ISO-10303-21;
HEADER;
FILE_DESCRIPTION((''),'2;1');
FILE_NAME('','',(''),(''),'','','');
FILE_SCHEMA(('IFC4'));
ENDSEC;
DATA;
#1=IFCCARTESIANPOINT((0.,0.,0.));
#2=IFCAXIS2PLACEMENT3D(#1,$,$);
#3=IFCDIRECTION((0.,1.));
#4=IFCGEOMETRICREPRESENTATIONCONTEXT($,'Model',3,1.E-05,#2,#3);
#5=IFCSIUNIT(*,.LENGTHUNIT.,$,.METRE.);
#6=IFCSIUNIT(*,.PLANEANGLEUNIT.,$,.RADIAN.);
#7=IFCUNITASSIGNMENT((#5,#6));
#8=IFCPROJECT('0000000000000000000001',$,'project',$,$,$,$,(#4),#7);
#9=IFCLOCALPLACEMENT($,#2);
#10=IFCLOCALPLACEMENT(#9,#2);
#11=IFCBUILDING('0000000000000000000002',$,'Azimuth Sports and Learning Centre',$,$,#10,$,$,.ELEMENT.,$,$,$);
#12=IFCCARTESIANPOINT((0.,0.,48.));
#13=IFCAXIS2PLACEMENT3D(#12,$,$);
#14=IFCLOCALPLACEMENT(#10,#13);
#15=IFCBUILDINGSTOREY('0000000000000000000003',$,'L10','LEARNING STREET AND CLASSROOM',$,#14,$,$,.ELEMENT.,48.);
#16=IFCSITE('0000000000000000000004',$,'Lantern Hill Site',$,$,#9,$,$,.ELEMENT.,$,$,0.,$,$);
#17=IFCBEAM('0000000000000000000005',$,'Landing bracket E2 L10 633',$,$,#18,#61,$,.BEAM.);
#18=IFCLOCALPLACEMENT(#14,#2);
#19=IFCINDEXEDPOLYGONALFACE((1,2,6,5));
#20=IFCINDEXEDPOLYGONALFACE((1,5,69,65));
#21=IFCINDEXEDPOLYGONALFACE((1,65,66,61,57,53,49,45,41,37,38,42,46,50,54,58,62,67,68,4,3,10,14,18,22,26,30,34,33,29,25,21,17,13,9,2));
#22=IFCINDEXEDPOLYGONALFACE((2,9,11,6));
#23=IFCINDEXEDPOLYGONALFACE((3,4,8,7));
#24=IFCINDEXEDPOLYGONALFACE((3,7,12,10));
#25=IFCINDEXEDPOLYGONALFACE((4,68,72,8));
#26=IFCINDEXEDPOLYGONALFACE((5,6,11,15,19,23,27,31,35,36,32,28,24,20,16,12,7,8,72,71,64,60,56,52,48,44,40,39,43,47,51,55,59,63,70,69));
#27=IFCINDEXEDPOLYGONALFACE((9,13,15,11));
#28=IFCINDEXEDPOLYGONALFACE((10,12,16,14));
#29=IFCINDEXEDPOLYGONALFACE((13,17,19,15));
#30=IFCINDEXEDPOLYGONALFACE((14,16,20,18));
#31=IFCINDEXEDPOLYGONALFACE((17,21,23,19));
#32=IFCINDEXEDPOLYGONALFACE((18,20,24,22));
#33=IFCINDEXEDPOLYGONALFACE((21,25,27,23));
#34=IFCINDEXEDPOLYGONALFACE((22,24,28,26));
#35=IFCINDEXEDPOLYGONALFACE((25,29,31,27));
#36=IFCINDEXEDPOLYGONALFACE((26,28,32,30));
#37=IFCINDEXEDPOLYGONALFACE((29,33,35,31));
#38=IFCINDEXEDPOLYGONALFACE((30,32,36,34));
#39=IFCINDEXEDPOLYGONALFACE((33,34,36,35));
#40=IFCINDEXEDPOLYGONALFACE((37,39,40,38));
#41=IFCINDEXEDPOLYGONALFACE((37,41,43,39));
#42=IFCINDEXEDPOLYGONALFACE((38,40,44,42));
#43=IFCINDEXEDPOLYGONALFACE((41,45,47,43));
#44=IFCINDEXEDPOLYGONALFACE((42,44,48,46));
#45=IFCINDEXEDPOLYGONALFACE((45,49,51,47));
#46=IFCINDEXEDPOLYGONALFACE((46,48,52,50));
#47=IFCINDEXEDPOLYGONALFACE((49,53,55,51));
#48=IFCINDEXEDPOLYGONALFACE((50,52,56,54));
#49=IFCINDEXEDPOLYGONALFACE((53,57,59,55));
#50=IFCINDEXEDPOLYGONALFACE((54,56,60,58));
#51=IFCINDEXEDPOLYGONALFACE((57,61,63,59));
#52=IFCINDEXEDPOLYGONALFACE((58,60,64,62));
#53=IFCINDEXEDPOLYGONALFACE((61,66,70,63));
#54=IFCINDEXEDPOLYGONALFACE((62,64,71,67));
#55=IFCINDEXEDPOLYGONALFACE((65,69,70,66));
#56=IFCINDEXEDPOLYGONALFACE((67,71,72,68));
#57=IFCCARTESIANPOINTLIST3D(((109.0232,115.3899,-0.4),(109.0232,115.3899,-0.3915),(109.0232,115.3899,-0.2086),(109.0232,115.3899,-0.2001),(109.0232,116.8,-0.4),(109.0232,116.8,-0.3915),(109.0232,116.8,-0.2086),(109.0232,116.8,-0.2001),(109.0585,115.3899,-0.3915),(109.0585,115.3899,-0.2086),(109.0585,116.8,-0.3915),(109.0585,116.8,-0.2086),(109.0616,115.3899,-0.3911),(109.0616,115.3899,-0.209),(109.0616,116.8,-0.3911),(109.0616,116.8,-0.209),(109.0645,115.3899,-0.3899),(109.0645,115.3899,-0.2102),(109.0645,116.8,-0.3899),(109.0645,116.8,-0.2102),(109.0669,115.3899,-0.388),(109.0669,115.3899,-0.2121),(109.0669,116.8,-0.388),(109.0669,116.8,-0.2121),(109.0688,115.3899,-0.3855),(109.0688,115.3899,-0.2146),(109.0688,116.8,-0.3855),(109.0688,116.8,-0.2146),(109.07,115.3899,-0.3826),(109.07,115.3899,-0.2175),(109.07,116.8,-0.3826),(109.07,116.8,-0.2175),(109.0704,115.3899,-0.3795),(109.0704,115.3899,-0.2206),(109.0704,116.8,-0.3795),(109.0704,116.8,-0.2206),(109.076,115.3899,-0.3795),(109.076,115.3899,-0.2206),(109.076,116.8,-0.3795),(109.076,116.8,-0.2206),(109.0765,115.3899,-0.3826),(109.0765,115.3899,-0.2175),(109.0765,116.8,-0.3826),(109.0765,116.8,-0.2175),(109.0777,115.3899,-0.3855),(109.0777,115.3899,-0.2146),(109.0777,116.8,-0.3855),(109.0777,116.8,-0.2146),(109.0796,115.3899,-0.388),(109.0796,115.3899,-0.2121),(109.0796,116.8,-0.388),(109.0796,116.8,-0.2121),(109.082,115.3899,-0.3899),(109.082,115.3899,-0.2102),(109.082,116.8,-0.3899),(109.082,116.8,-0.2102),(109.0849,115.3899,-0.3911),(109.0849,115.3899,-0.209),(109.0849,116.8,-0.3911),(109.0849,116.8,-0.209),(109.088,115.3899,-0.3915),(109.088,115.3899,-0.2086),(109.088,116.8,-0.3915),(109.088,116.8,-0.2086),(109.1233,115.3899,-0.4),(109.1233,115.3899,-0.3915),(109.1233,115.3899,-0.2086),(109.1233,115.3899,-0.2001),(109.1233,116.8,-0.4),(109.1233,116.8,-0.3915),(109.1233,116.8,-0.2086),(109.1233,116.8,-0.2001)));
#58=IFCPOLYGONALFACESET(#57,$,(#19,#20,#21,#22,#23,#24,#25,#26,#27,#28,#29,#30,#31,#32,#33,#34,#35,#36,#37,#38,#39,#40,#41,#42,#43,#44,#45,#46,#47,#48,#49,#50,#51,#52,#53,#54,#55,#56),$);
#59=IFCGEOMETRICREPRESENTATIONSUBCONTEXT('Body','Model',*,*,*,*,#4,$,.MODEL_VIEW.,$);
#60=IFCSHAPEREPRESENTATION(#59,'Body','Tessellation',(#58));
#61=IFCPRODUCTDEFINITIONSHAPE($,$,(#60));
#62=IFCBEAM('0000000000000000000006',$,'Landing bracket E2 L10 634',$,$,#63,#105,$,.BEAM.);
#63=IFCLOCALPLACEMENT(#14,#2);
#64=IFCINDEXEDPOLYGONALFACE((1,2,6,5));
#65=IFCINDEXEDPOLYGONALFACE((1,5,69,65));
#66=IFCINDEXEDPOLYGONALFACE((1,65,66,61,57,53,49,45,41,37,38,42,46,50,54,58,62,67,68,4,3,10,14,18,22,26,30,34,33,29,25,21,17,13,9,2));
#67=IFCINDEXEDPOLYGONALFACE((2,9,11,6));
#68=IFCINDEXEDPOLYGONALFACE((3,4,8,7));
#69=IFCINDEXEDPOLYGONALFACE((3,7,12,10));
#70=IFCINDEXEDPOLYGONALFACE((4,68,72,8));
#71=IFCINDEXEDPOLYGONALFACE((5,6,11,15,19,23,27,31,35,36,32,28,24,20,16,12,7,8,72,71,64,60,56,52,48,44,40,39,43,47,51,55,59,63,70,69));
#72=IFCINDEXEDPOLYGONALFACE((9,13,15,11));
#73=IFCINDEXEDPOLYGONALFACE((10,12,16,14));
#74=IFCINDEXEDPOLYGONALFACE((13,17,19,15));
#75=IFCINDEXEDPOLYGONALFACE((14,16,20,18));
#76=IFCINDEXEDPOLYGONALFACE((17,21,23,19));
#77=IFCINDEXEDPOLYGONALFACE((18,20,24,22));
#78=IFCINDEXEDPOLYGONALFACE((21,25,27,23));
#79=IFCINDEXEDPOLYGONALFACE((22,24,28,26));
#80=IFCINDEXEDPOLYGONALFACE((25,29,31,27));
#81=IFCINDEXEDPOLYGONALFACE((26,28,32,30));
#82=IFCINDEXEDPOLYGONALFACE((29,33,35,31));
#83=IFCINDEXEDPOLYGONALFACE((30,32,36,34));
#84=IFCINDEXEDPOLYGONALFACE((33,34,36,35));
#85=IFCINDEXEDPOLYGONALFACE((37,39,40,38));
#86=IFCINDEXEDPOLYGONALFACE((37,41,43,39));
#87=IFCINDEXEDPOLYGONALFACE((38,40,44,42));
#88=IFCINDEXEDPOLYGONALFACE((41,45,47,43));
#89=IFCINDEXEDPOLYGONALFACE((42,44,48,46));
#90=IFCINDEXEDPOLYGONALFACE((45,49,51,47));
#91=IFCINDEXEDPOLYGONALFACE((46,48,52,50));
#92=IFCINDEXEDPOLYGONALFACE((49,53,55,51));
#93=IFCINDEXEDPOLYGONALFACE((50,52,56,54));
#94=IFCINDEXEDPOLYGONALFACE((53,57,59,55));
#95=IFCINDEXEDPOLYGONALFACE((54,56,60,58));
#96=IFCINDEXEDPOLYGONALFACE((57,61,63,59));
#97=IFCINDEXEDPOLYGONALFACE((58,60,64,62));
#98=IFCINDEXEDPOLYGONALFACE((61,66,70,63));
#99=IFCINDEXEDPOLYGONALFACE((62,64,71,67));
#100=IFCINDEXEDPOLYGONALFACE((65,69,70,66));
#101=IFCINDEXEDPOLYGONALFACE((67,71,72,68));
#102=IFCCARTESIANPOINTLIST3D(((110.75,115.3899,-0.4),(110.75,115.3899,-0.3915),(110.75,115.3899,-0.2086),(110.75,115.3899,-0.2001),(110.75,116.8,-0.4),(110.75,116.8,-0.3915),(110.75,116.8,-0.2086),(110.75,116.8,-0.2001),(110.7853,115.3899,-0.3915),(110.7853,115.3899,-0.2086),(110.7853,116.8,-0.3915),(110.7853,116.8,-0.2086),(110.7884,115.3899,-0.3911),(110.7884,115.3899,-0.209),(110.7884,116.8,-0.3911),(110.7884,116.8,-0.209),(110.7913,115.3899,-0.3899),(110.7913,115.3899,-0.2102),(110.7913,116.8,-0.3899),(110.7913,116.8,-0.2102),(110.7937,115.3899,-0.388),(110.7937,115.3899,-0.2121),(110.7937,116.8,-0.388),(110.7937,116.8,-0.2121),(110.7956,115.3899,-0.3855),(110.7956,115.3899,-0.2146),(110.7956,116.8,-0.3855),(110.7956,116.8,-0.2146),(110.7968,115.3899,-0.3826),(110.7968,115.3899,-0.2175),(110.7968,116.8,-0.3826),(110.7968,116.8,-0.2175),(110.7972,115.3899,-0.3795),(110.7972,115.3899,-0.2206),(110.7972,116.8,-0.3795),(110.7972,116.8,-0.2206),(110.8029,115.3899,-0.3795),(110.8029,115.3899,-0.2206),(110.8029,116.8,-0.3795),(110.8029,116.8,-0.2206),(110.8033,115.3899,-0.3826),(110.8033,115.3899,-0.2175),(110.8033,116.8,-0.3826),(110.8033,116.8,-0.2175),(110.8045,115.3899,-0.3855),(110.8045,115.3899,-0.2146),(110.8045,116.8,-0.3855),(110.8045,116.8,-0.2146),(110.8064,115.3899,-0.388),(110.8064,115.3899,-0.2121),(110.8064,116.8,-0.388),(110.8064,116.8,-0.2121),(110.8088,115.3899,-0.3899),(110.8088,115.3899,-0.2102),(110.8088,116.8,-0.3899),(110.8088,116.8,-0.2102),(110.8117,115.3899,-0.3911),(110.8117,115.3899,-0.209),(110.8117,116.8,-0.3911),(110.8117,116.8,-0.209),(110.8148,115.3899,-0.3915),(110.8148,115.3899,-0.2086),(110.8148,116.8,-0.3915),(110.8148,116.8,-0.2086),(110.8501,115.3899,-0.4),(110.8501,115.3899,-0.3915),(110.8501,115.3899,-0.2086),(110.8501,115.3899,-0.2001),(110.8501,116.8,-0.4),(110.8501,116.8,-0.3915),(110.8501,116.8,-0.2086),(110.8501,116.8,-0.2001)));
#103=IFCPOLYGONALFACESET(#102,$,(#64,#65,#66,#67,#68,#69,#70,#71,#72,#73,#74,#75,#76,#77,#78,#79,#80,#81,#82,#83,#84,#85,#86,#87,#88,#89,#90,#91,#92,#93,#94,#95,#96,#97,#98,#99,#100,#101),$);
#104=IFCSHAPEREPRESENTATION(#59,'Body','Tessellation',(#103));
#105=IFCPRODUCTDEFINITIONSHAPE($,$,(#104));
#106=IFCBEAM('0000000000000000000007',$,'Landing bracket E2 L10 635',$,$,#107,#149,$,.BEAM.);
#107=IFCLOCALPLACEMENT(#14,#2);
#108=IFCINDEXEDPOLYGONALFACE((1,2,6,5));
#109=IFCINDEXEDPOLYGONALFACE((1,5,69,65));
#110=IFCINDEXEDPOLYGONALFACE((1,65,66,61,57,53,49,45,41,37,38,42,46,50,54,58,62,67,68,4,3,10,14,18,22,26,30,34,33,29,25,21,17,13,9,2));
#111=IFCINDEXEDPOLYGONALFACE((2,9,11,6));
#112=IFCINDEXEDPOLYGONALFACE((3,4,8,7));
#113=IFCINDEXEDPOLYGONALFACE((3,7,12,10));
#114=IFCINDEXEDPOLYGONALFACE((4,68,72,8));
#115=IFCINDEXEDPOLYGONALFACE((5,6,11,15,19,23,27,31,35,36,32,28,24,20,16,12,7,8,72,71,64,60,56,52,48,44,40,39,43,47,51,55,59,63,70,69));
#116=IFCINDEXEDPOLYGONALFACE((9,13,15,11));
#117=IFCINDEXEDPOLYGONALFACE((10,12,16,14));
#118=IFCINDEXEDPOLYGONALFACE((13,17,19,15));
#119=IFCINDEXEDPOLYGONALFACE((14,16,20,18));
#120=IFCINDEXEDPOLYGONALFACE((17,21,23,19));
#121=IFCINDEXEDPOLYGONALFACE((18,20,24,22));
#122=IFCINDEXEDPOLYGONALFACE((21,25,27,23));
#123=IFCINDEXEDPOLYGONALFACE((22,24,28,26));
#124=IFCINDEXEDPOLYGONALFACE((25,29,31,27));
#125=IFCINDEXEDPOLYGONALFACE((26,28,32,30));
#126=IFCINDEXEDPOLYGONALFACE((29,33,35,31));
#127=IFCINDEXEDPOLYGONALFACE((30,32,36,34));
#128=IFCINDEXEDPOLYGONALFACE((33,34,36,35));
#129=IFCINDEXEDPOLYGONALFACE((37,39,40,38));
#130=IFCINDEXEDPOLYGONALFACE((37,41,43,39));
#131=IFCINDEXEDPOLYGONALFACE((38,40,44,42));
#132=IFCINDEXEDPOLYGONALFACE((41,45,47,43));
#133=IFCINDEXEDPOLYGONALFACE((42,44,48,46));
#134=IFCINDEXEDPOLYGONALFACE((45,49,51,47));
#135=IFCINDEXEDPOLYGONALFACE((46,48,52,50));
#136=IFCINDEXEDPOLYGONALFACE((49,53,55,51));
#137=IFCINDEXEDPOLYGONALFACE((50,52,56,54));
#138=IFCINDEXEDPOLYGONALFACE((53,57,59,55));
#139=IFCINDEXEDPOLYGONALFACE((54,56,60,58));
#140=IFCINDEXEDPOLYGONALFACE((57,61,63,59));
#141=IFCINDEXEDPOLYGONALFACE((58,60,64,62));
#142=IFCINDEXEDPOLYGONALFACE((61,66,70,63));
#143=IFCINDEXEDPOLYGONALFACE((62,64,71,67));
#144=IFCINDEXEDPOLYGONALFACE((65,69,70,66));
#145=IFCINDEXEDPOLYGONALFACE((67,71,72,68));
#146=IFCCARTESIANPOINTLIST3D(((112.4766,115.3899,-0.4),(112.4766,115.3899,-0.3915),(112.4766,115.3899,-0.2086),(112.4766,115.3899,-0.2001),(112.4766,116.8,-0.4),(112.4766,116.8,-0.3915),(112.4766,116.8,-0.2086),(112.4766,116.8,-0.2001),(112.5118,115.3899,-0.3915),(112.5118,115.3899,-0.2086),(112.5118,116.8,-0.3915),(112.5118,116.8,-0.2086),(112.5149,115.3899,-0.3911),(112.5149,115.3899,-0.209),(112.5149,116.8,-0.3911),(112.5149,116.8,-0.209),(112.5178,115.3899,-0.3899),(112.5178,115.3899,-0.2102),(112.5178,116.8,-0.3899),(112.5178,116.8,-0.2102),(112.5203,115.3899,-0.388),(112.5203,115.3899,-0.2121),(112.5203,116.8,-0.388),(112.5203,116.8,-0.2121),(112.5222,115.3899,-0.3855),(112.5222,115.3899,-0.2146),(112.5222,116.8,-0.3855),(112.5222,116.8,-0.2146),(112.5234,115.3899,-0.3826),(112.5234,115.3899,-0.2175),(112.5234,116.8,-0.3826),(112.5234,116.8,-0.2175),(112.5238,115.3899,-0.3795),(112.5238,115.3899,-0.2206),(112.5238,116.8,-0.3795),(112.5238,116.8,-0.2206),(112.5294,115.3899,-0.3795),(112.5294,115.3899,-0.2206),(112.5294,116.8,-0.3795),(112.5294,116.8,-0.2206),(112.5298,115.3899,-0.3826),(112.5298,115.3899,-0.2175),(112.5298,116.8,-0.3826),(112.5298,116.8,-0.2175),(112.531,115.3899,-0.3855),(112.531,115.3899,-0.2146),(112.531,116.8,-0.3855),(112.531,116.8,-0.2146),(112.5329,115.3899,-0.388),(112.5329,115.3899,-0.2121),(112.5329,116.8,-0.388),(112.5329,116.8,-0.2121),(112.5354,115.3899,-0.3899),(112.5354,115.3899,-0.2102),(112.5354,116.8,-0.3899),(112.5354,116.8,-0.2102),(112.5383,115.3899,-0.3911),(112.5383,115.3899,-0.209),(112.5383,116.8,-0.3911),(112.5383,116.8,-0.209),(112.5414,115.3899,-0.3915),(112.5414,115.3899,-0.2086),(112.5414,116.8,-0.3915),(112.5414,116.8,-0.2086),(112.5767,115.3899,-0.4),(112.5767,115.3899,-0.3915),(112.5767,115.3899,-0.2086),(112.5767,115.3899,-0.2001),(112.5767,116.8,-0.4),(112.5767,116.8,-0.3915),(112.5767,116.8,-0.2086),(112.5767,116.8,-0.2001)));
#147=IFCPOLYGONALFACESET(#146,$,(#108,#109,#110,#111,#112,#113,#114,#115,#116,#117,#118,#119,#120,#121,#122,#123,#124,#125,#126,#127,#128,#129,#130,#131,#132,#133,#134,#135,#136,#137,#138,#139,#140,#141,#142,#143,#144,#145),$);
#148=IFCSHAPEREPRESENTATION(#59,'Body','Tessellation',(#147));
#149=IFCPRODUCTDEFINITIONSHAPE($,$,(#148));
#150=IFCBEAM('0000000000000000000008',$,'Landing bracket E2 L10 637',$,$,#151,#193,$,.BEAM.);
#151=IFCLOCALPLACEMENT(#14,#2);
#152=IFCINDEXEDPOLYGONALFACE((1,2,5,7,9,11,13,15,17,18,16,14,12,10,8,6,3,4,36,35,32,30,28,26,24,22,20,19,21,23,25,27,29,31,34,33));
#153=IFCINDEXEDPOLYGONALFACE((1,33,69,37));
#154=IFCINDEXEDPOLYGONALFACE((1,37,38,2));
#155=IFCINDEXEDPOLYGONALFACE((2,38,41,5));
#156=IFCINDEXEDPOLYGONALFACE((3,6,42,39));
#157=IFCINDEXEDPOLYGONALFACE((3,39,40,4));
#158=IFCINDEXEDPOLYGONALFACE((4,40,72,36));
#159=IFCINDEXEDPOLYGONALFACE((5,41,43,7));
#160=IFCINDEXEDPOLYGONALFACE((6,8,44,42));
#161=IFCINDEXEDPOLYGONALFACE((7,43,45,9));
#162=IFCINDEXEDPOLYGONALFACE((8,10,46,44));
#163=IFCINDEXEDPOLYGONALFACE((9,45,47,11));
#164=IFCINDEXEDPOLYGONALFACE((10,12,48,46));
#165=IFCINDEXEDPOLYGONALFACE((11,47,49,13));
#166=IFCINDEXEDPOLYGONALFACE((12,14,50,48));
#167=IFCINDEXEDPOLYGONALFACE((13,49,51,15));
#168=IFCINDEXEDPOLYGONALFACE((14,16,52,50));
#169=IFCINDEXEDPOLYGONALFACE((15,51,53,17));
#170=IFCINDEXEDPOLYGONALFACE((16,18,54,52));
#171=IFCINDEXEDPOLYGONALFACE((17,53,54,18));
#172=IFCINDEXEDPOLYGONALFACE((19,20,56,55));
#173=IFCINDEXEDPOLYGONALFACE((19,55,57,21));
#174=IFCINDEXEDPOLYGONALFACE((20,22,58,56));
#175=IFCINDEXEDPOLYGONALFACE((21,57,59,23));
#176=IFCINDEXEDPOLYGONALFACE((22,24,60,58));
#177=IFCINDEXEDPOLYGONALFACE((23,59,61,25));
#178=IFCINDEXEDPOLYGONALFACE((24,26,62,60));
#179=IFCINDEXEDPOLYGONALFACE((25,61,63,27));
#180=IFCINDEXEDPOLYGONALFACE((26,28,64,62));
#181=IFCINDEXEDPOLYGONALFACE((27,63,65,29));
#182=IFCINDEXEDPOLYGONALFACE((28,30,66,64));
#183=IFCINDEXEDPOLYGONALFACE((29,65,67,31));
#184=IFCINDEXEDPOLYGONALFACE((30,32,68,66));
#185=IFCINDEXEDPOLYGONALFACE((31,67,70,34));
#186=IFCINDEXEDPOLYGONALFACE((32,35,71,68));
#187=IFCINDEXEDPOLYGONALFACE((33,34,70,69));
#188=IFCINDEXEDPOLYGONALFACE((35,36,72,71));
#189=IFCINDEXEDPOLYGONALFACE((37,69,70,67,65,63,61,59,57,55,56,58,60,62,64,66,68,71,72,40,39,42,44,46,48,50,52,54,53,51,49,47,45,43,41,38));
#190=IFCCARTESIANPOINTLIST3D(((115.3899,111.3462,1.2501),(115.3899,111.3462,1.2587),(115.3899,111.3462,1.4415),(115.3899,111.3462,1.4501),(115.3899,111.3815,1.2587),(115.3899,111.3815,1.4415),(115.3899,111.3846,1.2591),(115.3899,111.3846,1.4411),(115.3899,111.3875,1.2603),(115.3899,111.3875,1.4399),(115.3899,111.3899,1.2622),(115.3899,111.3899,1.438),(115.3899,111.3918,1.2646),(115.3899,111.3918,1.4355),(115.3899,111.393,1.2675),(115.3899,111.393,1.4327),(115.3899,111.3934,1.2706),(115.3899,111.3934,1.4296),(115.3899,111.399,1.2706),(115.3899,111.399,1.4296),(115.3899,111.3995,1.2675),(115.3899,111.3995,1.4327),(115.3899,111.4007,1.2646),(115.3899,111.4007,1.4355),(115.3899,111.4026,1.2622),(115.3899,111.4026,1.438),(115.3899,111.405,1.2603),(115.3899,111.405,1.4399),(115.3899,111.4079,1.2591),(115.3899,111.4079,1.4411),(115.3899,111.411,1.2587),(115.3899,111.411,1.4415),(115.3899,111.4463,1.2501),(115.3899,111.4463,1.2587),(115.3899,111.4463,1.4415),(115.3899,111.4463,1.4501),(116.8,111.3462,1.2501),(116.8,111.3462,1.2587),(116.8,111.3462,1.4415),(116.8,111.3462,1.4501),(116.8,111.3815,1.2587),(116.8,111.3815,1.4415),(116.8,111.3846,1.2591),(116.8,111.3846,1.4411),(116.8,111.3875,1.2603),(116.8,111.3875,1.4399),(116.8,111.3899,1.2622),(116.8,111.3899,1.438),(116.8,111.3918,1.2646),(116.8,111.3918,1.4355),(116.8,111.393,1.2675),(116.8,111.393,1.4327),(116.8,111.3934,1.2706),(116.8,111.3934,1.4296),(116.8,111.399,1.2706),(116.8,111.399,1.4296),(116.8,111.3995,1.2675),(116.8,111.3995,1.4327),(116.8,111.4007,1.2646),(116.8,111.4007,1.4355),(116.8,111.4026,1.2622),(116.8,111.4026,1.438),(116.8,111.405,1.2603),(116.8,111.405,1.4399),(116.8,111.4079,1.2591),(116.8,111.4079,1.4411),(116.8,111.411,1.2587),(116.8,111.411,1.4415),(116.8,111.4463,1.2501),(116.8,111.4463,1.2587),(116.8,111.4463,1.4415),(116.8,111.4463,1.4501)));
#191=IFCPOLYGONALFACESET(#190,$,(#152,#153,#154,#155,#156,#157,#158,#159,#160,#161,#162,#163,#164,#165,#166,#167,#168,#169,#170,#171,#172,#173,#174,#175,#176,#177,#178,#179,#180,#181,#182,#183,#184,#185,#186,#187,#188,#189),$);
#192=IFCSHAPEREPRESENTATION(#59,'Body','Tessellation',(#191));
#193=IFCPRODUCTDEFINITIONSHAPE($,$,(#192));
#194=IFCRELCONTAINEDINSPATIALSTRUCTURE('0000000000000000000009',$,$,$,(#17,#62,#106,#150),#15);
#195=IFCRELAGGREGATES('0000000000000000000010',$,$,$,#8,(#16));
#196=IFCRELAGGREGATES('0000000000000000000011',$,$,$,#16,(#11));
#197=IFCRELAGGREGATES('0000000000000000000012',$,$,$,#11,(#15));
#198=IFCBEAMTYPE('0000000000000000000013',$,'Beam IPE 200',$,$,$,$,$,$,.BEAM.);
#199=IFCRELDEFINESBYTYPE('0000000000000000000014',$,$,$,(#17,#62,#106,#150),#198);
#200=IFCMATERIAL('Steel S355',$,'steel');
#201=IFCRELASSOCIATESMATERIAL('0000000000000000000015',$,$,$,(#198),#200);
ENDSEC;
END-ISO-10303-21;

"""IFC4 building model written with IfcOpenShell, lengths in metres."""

from ifc_helpers import new_model, si_unit, direction, frame, origin, origin_2d, place, context, subcontext, project, spatial, i_section, extrude, material, material_profile, profile_set, type_object, element, save


model = new_model("IFC4")

# Units and contexts
model_context = context("Model", 3, precision=1e-05, world=origin(), true_north=direction((0.0, 1.0)))
body_context = subcontext(model_context, "Body", "Model", "MODEL_VIEW")
ifc_project = project(units=[si_unit("LENGTHUNIT", "METRE"), si_unit("PLANEANGLEUNIT", "RADIAN")], contexts=[model_context])

# Site, building, storey
site_placement = place(None, origin())
site = spatial("IfcSite", under=ifc_project, at=site_placement, Name="Lantern Hill Site", CompositionType="ELEMENT", RefElevation=0.0)
building_placement = place(site_placement, origin())
building = spatial("IfcBuilding", under=site, at=building_placement, Name="Azimuth Sports and Learning Centre", CompositionType="ELEMENT")
storey_placement = place(building_placement, frame((0.0, 0.0, 48.0)))
storey = spatial("IfcBuildingStorey", under=building, at=storey_placement, Name="L10", Description="LEARNING STREET AND CLASSROOM", CompositionType="ELEMENT", Elevation=48.0)

# Beams
ifc_material_1 = material(Name="Steel S355", Category="steel")
ifc_material_profile_1 = material_profile(ifc_material_1, i_section(OverallWidth=0.1001, OverallDepth=0.2, WebThickness=0.0056, FlangeThickness=0.0085, FilletRadius=0.012, at=origin_2d()), Name="IPE 200")
ifc_profile_set_1 = profile_set([ifc_material_profile_1], Name="Steel S355")
beam_type_1 = type_object("IfcBeamType", Name="Beam IPE 200", PredefinedType="BEAM", material=ifc_profile_set_1)
for number, where, z_axis, x_axis, name in (
    (1, (109.0732, 116.8, -0.3), (0.0, -1.0, 0.0), (1.0, 0.0, 0.0), "Landing bracket E2 L10 633"),
    (2, (110.8, 116.8, -0.3), (0.0, -1.0, 0.0), (1.0, 0.0, 0.0), "Landing bracket E2 L10 634"),
    (3, (112.5266, 116.8, -0.3), (0.0, -1.0, 0.0), (1.0, 0.0, 0.0), "Landing bracket E2 L10 635"),
    (4, (116.8, 111.3962, 1.3501), (-1.0, 0.0, 0.0), (0.0, -1.0, 0.0), "Landing bracket E2 L10 637"),
):
    element("IfcBeam", number, at=place(storey_placement, frame(where, z_axis=z_axis, x_axis=x_axis)), inside=storey, type_object=beam_type_1, Name=name, PredefinedType="BEAM", context=body_context, shape_type="SweptSolid", body=[
        extrude(i_section(OverallWidth=0.1001, OverallDepth=0.2, WebThickness=0.0056, FlangeThickness=0.0085, FilletRadius=0.012, at=origin_2d()), origin(), (0.0, 0.0, 1.0), 1.4102),
    ])

save(model, "model.ifc")
